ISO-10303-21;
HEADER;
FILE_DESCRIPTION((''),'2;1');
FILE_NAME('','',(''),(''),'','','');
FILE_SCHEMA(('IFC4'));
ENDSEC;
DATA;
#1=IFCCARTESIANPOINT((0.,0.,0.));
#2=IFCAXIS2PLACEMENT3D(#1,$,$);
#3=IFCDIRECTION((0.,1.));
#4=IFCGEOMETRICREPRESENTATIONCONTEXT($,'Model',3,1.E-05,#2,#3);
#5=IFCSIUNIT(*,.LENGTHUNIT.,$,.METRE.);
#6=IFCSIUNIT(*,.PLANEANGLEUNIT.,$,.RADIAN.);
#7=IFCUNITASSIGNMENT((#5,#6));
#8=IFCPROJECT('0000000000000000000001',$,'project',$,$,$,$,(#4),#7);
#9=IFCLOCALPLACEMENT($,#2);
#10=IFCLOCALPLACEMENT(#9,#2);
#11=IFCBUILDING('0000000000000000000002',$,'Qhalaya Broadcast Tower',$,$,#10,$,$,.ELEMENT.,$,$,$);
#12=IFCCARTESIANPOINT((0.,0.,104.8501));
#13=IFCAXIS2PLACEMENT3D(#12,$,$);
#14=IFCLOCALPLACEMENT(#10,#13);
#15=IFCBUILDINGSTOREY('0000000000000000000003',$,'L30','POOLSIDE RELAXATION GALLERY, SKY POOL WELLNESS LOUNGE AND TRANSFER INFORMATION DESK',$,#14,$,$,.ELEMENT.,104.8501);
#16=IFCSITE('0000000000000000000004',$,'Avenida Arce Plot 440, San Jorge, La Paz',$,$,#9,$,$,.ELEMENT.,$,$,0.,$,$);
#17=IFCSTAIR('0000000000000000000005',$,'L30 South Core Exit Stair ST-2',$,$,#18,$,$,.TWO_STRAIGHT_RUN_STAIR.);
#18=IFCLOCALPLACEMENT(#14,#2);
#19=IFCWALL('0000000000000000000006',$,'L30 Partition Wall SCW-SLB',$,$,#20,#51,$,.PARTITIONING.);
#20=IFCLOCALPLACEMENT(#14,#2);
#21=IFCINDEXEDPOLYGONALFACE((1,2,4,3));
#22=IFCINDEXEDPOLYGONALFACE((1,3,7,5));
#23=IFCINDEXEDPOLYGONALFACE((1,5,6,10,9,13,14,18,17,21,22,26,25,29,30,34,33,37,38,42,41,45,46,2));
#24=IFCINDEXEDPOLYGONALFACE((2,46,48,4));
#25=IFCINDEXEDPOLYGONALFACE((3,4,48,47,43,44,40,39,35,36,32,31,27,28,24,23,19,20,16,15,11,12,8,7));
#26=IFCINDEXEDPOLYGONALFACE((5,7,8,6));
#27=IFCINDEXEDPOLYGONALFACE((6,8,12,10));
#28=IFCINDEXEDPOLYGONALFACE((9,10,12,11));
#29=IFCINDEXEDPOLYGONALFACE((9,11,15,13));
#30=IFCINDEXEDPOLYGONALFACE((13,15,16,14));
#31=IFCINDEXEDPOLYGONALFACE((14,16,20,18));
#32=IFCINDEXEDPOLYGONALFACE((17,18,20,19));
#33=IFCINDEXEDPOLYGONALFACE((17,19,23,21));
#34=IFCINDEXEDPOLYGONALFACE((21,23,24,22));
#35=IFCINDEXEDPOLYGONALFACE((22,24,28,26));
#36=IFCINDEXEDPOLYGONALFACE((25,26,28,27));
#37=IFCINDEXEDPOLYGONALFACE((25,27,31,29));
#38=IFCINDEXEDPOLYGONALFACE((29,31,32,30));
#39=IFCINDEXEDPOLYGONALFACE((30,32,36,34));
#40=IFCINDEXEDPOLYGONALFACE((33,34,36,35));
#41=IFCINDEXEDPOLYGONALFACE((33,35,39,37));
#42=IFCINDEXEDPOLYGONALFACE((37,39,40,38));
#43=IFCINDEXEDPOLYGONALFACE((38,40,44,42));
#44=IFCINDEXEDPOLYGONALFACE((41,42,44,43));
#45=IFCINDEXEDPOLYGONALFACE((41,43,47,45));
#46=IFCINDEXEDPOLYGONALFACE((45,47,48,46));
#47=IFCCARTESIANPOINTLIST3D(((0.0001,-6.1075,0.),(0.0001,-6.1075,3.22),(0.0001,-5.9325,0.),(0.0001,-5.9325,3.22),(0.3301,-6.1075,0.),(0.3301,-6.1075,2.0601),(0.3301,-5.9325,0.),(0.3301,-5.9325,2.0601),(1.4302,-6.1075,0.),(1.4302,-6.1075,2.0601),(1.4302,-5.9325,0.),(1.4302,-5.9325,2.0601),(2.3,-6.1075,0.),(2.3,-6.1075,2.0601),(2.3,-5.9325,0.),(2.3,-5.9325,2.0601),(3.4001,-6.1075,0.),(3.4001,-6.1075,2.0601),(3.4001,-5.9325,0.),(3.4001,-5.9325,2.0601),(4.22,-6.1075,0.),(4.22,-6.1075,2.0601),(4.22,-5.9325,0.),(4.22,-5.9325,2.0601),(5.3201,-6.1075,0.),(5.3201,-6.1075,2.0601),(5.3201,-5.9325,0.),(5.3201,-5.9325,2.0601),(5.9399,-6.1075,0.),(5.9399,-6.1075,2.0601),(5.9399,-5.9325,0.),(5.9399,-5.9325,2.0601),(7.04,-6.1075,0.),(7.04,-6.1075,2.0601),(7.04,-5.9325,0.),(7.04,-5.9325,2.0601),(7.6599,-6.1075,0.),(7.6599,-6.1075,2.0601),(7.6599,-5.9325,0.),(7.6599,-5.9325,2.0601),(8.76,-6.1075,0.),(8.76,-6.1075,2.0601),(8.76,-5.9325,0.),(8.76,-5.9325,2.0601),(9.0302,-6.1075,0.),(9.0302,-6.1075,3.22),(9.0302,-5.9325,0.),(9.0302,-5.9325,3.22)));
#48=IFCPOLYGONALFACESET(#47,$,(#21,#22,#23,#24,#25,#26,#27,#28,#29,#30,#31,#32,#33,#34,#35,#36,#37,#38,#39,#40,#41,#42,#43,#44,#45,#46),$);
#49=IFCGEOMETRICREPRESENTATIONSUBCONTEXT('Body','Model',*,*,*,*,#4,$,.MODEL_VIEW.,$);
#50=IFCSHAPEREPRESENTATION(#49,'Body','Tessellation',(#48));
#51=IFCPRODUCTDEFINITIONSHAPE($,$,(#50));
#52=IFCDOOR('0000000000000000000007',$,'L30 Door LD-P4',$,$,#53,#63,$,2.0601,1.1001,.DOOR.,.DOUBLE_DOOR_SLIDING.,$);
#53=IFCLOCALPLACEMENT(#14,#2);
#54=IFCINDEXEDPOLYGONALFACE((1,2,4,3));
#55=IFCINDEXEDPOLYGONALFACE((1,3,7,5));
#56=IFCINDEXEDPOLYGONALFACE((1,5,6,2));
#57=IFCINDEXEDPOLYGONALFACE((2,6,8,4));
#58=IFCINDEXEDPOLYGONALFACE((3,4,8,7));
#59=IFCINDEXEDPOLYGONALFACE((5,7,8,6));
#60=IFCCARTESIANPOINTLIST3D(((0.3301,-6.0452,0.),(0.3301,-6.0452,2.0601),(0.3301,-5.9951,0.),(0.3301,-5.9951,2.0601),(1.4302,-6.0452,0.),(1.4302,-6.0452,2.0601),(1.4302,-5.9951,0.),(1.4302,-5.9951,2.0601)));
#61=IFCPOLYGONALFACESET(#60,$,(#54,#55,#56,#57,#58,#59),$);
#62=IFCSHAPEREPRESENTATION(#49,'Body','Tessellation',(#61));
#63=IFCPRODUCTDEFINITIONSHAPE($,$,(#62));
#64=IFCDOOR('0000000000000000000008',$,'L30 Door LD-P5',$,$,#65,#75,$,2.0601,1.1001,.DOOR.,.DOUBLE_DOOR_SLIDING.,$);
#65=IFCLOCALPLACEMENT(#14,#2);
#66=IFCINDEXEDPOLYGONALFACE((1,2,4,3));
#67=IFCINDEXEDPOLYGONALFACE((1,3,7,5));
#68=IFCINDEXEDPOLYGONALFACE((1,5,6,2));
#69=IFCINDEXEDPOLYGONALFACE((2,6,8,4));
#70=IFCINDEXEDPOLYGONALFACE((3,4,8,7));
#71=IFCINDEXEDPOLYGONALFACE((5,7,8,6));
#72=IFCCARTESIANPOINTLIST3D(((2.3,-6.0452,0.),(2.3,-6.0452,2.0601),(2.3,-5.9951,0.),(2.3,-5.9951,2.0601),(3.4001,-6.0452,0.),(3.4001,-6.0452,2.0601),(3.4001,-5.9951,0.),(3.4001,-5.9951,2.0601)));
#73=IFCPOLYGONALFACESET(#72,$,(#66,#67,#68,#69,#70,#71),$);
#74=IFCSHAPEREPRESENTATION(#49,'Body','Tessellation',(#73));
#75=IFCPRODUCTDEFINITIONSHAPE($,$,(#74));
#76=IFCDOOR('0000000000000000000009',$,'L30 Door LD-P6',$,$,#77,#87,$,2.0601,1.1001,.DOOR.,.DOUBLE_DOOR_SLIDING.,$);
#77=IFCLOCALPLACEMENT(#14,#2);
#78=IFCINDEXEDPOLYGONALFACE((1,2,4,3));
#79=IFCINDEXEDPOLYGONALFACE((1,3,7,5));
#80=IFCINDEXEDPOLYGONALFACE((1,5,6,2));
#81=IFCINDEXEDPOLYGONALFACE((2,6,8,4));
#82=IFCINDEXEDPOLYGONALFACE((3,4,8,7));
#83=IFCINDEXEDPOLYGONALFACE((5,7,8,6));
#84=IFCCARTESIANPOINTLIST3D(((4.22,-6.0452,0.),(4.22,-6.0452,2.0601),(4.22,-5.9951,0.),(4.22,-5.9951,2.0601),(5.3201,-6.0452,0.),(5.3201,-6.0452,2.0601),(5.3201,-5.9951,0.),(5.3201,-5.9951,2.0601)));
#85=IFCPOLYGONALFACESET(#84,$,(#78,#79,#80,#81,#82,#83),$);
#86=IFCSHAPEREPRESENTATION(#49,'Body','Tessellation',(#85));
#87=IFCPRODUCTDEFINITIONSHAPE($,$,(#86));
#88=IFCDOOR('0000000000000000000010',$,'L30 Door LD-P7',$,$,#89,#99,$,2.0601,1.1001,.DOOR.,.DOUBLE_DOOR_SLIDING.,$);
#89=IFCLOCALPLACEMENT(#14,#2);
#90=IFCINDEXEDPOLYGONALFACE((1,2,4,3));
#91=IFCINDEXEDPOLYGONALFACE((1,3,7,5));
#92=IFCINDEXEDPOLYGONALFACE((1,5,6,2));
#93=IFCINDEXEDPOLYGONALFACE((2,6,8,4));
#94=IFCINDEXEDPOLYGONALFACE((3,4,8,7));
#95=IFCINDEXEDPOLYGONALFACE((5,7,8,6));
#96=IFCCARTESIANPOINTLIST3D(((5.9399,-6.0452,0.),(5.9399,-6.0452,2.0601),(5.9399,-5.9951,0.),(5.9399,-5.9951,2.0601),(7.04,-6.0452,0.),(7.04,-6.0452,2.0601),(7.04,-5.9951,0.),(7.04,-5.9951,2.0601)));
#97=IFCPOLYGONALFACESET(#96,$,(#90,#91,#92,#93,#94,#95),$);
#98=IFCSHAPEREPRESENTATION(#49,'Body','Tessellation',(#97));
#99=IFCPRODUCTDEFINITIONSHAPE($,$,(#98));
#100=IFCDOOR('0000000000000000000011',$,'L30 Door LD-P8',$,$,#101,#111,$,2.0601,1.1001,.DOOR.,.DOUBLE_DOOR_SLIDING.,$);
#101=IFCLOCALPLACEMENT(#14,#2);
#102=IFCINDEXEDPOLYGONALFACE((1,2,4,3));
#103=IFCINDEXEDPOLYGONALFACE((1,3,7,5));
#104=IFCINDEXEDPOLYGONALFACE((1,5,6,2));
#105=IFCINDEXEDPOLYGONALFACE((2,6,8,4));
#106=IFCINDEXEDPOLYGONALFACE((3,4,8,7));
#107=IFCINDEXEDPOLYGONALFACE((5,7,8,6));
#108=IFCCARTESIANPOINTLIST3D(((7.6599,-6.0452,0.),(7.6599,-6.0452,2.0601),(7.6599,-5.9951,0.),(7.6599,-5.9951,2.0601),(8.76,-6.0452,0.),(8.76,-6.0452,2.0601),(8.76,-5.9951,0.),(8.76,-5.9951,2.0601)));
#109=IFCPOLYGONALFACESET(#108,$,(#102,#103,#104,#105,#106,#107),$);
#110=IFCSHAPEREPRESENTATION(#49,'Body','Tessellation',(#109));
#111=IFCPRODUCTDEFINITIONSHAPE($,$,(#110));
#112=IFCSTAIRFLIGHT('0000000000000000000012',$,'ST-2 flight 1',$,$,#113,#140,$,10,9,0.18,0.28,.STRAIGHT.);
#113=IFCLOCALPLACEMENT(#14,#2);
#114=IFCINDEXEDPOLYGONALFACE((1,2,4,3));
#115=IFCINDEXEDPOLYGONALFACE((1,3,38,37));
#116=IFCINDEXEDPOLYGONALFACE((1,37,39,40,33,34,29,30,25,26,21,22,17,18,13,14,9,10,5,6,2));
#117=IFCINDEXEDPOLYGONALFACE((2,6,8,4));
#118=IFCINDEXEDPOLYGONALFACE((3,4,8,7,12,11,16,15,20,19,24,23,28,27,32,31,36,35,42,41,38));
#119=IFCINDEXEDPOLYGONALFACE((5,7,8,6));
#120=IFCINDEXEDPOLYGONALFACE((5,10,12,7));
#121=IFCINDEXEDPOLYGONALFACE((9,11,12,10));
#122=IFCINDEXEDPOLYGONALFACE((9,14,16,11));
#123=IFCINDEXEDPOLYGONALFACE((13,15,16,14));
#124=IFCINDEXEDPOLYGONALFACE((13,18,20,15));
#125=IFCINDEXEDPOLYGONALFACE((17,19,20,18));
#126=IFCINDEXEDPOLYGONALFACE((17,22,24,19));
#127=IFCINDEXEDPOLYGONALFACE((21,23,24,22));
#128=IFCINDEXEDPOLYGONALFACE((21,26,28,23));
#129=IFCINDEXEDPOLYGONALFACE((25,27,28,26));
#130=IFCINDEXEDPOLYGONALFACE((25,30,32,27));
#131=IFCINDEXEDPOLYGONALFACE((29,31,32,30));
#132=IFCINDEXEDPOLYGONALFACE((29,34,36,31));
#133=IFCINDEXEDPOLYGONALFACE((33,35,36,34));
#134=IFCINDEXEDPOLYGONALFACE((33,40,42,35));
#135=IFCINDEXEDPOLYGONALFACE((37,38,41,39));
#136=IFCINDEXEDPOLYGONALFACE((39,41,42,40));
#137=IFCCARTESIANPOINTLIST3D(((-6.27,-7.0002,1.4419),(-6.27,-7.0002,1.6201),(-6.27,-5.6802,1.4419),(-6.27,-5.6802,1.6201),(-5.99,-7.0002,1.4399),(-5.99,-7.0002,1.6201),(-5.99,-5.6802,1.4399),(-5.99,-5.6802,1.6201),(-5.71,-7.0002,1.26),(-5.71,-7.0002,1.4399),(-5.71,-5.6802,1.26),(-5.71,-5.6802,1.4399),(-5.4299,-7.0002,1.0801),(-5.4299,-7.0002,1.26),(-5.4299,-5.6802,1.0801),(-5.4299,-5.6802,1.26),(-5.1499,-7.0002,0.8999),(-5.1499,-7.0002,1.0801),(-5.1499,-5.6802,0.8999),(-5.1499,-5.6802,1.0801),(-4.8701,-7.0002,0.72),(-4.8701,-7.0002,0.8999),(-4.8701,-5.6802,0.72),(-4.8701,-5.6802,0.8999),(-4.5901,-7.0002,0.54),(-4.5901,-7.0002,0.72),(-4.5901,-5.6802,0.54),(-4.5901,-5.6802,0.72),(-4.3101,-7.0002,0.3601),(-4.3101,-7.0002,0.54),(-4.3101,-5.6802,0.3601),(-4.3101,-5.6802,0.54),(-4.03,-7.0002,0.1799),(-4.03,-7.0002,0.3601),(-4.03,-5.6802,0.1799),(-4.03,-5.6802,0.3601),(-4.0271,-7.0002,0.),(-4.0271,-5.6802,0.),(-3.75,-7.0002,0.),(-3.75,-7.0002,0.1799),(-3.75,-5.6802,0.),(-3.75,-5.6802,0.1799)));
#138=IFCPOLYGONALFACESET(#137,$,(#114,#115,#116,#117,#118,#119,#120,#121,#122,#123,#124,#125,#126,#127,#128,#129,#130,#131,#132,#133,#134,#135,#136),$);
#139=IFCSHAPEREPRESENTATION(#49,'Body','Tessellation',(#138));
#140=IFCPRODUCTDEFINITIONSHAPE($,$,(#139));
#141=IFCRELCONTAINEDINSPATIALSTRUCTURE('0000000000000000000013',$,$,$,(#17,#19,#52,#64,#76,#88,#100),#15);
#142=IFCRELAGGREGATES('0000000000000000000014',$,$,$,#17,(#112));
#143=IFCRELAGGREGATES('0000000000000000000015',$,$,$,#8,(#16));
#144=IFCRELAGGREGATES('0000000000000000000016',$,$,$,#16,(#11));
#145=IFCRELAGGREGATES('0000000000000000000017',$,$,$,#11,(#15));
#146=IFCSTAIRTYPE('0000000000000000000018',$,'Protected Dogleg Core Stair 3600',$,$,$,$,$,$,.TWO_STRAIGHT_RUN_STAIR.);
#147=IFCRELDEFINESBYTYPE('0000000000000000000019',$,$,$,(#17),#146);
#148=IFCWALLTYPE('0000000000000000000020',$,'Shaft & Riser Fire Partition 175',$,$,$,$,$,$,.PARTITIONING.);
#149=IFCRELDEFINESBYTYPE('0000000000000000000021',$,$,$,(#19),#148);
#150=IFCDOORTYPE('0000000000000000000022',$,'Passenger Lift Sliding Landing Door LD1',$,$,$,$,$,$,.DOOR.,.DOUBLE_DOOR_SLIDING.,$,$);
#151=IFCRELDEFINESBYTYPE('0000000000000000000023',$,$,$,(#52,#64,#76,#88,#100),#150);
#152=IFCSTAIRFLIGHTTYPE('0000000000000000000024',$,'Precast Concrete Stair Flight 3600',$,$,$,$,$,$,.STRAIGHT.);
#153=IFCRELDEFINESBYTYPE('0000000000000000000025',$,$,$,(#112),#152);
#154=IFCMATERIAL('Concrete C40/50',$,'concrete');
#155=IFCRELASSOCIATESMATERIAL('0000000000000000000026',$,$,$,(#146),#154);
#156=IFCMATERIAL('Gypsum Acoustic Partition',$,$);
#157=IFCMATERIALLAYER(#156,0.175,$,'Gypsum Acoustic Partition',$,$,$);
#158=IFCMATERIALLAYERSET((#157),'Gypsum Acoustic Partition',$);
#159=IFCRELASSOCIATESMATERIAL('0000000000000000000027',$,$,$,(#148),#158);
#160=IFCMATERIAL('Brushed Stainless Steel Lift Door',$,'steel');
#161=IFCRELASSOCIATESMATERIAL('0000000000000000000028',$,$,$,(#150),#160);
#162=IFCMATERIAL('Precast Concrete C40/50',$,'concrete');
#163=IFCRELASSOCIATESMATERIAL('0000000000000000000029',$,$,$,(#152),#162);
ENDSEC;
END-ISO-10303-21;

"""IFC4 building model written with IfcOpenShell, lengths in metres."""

from ifc_helpers import new_model, si_unit, direction, frame, frame_2d, origin, place, context, subcontext, project, spatial, polyline, rectangle, outline, extrude, material, layer, layer_set, type_object, element, fill, aggregate, save


model = new_model("IFC4")

# Units and contexts
model_context = context("Model", 3, precision=1e-05, world=origin(), true_north=direction((0.0, 1.0)))
body_context = subcontext(model_context, "Body", "Model", "MODEL_VIEW")
ifc_project = project(units=[si_unit("LENGTHUNIT", "METRE"), si_unit("PLANEANGLEUNIT", "RADIAN")], contexts=[model_context])

# Site, building, storey
site_placement = place(None, origin())
site = spatial("IfcSite", under=ifc_project, at=site_placement, Name="Avenida Arce Plot 440, San Jorge, La Paz", CompositionType="ELEMENT", RefElevation=0.0)
building_placement = place(site_placement, origin())
building = spatial("IfcBuilding", under=site, at=building_placement, Name="Qhalaya Broadcast Tower", CompositionType="ELEMENT")
storey_placement = place(building_placement, frame((0.0, 0.0, 104.8501)))
storey = spatial("IfcBuildingStorey", under=building, at=storey_placement, Name="L30", Description="POOLSIDE RELAXATION GALLERY, SKY POOL WELLNESS LOUNGE AND TRANSFER INFORMATION DESK", CompositionType="ELEMENT", Elevation=104.8501)

# Shared definitions
ifc_material_1 = material(Name="Concrete C40/50", Category="concrete")

# Stair
stair_type = type_object("IfcStairType", Name="Protected Dogleg Core Stair 3600", PredefinedType="TWO_STRAIGHT_RUN_STAIR", material=ifc_material_1)
stair_1_placement = place(storey_placement, origin())
stair_1 = element("IfcStair", 1, at=stair_1_placement, inside=storey, type_object=stair_type, Name="L30 South Core Exit Stair ST-2", PredefinedType="TWO_STRAIGHT_RUN_STAIR")

# Shared definitions
ifc_material_2 = material(Name="Gypsum Acoustic Partition")
ifc_layer_1 = layer(ifc_material_2, 0.175, Name="Gypsum Acoustic Partition")
ifc_layer_set_1 = layer_set([ifc_layer_1], Name="Gypsum Acoustic Partition")
wall_type_1 = type_object("IfcWallType", Name="Shaft & Riser Fire Partition 175", PredefinedType="PARTITIONING", material=ifc_layer_set_1)

# Wall, openings, doors
wall_1_placement = place(storey_placement, frame((0.0, -6.02, 0.0), z_axis=(0.0, 0.0, 1.0), x_axis=(1.0, 0.0, 0.0)))
wall_1 = element("IfcWall", 2, at=wall_1_placement, inside=storey, type_object=wall_type_1, Name="L30 Partition Wall SCW-SLB", PredefinedType="PARTITIONING", context=body_context, shape_type="SweptSolid", body=[
    extrude(rectangle(XDim=9.03, YDim=0.175, at=frame_2d((4.5151, 0.0))), origin(), (0.0, 0.0, 1.0), 3.22),
])
opening_1_placement = place(wall_1_placement, frame((0.3301, 0.0, 0.0)))
opening_1 = element("IfcOpeningElement", 3, at=opening_1_placement, cuts=wall_1, PredefinedType="OPENING", context=body_context, shape_type="SweptSolid", body=[
    extrude(rectangle(XDim=1.1001, YDim=2.0601, at=frame_2d((0.55, 1.03))), frame((0.0, 0.0996, 0.0), z_axis=(0.0, -1.0, 0.0), x_axis=(1.0, 0.0, 0.0)), (0.0, 0.0, 1.0), 0.199),
])
opening_2_placement = place(wall_1_placement, frame((2.3, 0.0, 0.0)))
opening_2 = element("IfcOpeningElement", 4, at=opening_2_placement, cuts=wall_1, PredefinedType="OPENING", context=body_context, shape_type="SweptSolid", body=[
    extrude(rectangle(XDim=1.1001, YDim=2.0601, at=frame_2d((0.55, 1.03))), frame((0.0, 0.0996, 0.0), z_axis=(0.0, -1.0, 0.0), x_axis=(1.0, 0.0, 0.0)), (0.0, 0.0, 1.0), 0.199),
])
opening_3_placement = place(wall_1_placement, frame((4.22, 0.0, 0.0)))
opening_3 = element("IfcOpeningElement", 5, at=opening_3_placement, cuts=wall_1, PredefinedType="OPENING", context=body_context, shape_type="SweptSolid", body=[
    extrude(rectangle(XDim=1.1001, YDim=2.0601, at=frame_2d((0.55, 1.03))), frame((0.0, 0.0996, 0.0), z_axis=(0.0, -1.0, 0.0), x_axis=(1.0, 0.0, 0.0)), (0.0, 0.0, 1.0), 0.199),
])
opening_4_placement = place(wall_1_placement, frame((5.9399, 0.0, 0.0)))
opening_4 = element("IfcOpeningElement", 6, at=opening_4_placement, cuts=wall_1, PredefinedType="OPENING", context=body_context, shape_type="SweptSolid", body=[
    extrude(rectangle(XDim=1.1001, YDim=2.0601, at=frame_2d((0.55, 1.03))), frame((0.0, 0.0996, 0.0), z_axis=(0.0, -1.0, 0.0), x_axis=(1.0, 0.0, 0.0)), (0.0, 0.0, 1.0), 0.199),
])
opening_5_placement = place(wall_1_placement, frame((7.6599, 0.0, 0.0)))
opening_5 = element("IfcOpeningElement", 7, at=opening_5_placement, cuts=wall_1, PredefinedType="OPENING", context=body_context, shape_type="SweptSolid", body=[
    extrude(rectangle(XDim=1.1001, YDim=2.0601, at=frame_2d((0.55, 1.03))), frame((0.0, 0.0996, 0.0), z_axis=(0.0, -1.0, 0.0), x_axis=(1.0, 0.0, 0.0)), (0.0, 0.0, 1.0), 0.199),
])
ifc_material_3 = material(Name="Brushed Stainless Steel Lift Door", Category="steel")
door_type = type_object("IfcDoorType", Name="Passenger Lift Sliding Landing Door LD1", OperationType="DOUBLE_DOOR_SLIDING", PredefinedType="DOOR", material=ifc_material_3)
door_1_placement = place(opening_1_placement, origin())
door_1 = element("IfcDoor", 8, at=door_1_placement, inside=storey, type_object=door_type, Name="L30 Door LD-P4", OperationType="DOUBLE_DOOR_SLIDING", OverallHeight=2.0601, OverallWidth=1.1001, PredefinedType="DOOR", context=body_context, shape_type="SweptSolid", body=[
    extrude(rectangle(XDim=1.1001, YDim=2.0601, at=frame_2d((0.55, 1.03))), frame((0.0, 0.0249, 0.0), z_axis=(0.0, -1.0, 0.0), x_axis=(1.0, 0.0, 0.0)), (0.0, 0.0, 1.0), 0.05),
])
fill(opening_1, door_1)
door_2_placement = place(opening_2_placement, origin())
door_2 = element("IfcDoor", 9, at=door_2_placement, inside=storey, type_object=door_type, Name="L30 Door LD-P5", OperationType="DOUBLE_DOOR_SLIDING", OverallHeight=2.0601, OverallWidth=1.1001, PredefinedType="DOOR", context=body_context, shape_type="SweptSolid", body=[
    extrude(rectangle(XDim=1.1001, YDim=2.0601, at=frame_2d((0.55, 1.03))), frame((0.0, 0.0249, 0.0), z_axis=(0.0, -1.0, 0.0), x_axis=(1.0, 0.0, 0.0)), (0.0, 0.0, 1.0), 0.05),
])
fill(opening_2, door_2)
door_3_placement = place(opening_3_placement, origin())
door_3 = element("IfcDoor", 10, at=door_3_placement, inside=storey, type_object=door_type, Name="L30 Door LD-P6", OperationType="DOUBLE_DOOR_SLIDING", OverallHeight=2.0601, OverallWidth=1.1001, PredefinedType="DOOR", context=body_context, shape_type="SweptSolid", body=[
    extrude(rectangle(XDim=1.1001, YDim=2.0601, at=frame_2d((0.55, 1.03))), frame((0.0, 0.0249, 0.0), z_axis=(0.0, -1.0, 0.0), x_axis=(1.0, 0.0, 0.0)), (0.0, 0.0, 1.0), 0.05),
])
fill(opening_3, door_3)
door_4_placement = place(opening_4_placement, origin())
door_4 = element("IfcDoor", 11, at=door_4_placement, inside=storey, type_object=door_type, Name="L30 Door LD-P7", OperationType="DOUBLE_DOOR_SLIDING", OverallHeight=2.0601, OverallWidth=1.1001, PredefinedType="DOOR", context=body_context, shape_type="SweptSolid", body=[
    extrude(rectangle(XDim=1.1001, YDim=2.0601, at=frame_2d((0.55, 1.03))), frame((0.0, 0.0249, 0.0), z_axis=(0.0, -1.0, 0.0), x_axis=(1.0, 0.0, 0.0)), (0.0, 0.0, 1.0), 0.05),
])
fill(opening_4, door_4)
door_5_placement = place(opening_5_placement, origin())
door_5 = element("IfcDoor", 12, at=door_5_placement, inside=storey, type_object=door_type, Name="L30 Door LD-P8", OperationType="DOUBLE_DOOR_SLIDING", OverallHeight=2.0601, OverallWidth=1.1001, PredefinedType="DOOR", context=body_context, shape_type="SweptSolid", body=[
    extrude(rectangle(XDim=1.1001, YDim=2.0601, at=frame_2d((0.55, 1.03))), frame((0.0, 0.0249, 0.0), z_axis=(0.0, -1.0, 0.0), x_axis=(1.0, 0.0, 0.0)), (0.0, 0.0, 1.0), 0.05),
])
fill(opening_5, door_5)

# Stair flight
ifc_material_4 = material(Name="Precast Concrete C40/50", Category="concrete")
stair_flight_type = type_object("IfcStairFlightType", Name="Precast Concrete Stair Flight 3600", PredefinedType="STRAIGHT", material=ifc_material_4)
stair_flight_placement = place(storey_placement, frame((-3.75, -6.3401, 0.0), z_axis=(0.0, 0.0, 1.0), x_axis=(-1.0, 0.0, 0.0)))
stair_flight = element("IfcStairFlight", 13, at=stair_flight_placement, type_object=stair_flight_type, Name="ST-2 flight 1", NumberOfRisers=10, NumberOfTreads=9, PredefinedType="STRAIGHT", RiserHeight=0.18, TreadLength=0.28, context=body_context, shape_type="SweptSolid", body=[
    extrude(outline(polyline([(0.0, 0.0), (0.0, 0.1799), (0.28, 0.1799), (0.28, 0.3601), (0.5601, 0.3601), (0.5601, 0.54), (0.8401, 0.54), (0.8401, 0.72), (1.1201, 0.72), (1.1201, 0.8999), (1.3999, 0.8999), (1.3999, 1.0801), (1.6799, 1.0801), (1.6799, 1.26), (1.96, 1.26), (1.96, 1.4399), (2.24, 1.4399), (2.24, 1.6201), (2.52, 1.6201), (2.52, 1.8), (2.52, 1.4419), (0.2771, 0.0), (0.0, 0.0)])), frame((0.0, 0.6602, 0.0), z_axis=(0.0, -1.0, 0.0), x_axis=(1.0, 0.0, 0.0)), (0.0, 0.0, 1.0), 1.3201),
])
aggregate(stair_1, [stair_flight])

save(model, "model.ifc")
